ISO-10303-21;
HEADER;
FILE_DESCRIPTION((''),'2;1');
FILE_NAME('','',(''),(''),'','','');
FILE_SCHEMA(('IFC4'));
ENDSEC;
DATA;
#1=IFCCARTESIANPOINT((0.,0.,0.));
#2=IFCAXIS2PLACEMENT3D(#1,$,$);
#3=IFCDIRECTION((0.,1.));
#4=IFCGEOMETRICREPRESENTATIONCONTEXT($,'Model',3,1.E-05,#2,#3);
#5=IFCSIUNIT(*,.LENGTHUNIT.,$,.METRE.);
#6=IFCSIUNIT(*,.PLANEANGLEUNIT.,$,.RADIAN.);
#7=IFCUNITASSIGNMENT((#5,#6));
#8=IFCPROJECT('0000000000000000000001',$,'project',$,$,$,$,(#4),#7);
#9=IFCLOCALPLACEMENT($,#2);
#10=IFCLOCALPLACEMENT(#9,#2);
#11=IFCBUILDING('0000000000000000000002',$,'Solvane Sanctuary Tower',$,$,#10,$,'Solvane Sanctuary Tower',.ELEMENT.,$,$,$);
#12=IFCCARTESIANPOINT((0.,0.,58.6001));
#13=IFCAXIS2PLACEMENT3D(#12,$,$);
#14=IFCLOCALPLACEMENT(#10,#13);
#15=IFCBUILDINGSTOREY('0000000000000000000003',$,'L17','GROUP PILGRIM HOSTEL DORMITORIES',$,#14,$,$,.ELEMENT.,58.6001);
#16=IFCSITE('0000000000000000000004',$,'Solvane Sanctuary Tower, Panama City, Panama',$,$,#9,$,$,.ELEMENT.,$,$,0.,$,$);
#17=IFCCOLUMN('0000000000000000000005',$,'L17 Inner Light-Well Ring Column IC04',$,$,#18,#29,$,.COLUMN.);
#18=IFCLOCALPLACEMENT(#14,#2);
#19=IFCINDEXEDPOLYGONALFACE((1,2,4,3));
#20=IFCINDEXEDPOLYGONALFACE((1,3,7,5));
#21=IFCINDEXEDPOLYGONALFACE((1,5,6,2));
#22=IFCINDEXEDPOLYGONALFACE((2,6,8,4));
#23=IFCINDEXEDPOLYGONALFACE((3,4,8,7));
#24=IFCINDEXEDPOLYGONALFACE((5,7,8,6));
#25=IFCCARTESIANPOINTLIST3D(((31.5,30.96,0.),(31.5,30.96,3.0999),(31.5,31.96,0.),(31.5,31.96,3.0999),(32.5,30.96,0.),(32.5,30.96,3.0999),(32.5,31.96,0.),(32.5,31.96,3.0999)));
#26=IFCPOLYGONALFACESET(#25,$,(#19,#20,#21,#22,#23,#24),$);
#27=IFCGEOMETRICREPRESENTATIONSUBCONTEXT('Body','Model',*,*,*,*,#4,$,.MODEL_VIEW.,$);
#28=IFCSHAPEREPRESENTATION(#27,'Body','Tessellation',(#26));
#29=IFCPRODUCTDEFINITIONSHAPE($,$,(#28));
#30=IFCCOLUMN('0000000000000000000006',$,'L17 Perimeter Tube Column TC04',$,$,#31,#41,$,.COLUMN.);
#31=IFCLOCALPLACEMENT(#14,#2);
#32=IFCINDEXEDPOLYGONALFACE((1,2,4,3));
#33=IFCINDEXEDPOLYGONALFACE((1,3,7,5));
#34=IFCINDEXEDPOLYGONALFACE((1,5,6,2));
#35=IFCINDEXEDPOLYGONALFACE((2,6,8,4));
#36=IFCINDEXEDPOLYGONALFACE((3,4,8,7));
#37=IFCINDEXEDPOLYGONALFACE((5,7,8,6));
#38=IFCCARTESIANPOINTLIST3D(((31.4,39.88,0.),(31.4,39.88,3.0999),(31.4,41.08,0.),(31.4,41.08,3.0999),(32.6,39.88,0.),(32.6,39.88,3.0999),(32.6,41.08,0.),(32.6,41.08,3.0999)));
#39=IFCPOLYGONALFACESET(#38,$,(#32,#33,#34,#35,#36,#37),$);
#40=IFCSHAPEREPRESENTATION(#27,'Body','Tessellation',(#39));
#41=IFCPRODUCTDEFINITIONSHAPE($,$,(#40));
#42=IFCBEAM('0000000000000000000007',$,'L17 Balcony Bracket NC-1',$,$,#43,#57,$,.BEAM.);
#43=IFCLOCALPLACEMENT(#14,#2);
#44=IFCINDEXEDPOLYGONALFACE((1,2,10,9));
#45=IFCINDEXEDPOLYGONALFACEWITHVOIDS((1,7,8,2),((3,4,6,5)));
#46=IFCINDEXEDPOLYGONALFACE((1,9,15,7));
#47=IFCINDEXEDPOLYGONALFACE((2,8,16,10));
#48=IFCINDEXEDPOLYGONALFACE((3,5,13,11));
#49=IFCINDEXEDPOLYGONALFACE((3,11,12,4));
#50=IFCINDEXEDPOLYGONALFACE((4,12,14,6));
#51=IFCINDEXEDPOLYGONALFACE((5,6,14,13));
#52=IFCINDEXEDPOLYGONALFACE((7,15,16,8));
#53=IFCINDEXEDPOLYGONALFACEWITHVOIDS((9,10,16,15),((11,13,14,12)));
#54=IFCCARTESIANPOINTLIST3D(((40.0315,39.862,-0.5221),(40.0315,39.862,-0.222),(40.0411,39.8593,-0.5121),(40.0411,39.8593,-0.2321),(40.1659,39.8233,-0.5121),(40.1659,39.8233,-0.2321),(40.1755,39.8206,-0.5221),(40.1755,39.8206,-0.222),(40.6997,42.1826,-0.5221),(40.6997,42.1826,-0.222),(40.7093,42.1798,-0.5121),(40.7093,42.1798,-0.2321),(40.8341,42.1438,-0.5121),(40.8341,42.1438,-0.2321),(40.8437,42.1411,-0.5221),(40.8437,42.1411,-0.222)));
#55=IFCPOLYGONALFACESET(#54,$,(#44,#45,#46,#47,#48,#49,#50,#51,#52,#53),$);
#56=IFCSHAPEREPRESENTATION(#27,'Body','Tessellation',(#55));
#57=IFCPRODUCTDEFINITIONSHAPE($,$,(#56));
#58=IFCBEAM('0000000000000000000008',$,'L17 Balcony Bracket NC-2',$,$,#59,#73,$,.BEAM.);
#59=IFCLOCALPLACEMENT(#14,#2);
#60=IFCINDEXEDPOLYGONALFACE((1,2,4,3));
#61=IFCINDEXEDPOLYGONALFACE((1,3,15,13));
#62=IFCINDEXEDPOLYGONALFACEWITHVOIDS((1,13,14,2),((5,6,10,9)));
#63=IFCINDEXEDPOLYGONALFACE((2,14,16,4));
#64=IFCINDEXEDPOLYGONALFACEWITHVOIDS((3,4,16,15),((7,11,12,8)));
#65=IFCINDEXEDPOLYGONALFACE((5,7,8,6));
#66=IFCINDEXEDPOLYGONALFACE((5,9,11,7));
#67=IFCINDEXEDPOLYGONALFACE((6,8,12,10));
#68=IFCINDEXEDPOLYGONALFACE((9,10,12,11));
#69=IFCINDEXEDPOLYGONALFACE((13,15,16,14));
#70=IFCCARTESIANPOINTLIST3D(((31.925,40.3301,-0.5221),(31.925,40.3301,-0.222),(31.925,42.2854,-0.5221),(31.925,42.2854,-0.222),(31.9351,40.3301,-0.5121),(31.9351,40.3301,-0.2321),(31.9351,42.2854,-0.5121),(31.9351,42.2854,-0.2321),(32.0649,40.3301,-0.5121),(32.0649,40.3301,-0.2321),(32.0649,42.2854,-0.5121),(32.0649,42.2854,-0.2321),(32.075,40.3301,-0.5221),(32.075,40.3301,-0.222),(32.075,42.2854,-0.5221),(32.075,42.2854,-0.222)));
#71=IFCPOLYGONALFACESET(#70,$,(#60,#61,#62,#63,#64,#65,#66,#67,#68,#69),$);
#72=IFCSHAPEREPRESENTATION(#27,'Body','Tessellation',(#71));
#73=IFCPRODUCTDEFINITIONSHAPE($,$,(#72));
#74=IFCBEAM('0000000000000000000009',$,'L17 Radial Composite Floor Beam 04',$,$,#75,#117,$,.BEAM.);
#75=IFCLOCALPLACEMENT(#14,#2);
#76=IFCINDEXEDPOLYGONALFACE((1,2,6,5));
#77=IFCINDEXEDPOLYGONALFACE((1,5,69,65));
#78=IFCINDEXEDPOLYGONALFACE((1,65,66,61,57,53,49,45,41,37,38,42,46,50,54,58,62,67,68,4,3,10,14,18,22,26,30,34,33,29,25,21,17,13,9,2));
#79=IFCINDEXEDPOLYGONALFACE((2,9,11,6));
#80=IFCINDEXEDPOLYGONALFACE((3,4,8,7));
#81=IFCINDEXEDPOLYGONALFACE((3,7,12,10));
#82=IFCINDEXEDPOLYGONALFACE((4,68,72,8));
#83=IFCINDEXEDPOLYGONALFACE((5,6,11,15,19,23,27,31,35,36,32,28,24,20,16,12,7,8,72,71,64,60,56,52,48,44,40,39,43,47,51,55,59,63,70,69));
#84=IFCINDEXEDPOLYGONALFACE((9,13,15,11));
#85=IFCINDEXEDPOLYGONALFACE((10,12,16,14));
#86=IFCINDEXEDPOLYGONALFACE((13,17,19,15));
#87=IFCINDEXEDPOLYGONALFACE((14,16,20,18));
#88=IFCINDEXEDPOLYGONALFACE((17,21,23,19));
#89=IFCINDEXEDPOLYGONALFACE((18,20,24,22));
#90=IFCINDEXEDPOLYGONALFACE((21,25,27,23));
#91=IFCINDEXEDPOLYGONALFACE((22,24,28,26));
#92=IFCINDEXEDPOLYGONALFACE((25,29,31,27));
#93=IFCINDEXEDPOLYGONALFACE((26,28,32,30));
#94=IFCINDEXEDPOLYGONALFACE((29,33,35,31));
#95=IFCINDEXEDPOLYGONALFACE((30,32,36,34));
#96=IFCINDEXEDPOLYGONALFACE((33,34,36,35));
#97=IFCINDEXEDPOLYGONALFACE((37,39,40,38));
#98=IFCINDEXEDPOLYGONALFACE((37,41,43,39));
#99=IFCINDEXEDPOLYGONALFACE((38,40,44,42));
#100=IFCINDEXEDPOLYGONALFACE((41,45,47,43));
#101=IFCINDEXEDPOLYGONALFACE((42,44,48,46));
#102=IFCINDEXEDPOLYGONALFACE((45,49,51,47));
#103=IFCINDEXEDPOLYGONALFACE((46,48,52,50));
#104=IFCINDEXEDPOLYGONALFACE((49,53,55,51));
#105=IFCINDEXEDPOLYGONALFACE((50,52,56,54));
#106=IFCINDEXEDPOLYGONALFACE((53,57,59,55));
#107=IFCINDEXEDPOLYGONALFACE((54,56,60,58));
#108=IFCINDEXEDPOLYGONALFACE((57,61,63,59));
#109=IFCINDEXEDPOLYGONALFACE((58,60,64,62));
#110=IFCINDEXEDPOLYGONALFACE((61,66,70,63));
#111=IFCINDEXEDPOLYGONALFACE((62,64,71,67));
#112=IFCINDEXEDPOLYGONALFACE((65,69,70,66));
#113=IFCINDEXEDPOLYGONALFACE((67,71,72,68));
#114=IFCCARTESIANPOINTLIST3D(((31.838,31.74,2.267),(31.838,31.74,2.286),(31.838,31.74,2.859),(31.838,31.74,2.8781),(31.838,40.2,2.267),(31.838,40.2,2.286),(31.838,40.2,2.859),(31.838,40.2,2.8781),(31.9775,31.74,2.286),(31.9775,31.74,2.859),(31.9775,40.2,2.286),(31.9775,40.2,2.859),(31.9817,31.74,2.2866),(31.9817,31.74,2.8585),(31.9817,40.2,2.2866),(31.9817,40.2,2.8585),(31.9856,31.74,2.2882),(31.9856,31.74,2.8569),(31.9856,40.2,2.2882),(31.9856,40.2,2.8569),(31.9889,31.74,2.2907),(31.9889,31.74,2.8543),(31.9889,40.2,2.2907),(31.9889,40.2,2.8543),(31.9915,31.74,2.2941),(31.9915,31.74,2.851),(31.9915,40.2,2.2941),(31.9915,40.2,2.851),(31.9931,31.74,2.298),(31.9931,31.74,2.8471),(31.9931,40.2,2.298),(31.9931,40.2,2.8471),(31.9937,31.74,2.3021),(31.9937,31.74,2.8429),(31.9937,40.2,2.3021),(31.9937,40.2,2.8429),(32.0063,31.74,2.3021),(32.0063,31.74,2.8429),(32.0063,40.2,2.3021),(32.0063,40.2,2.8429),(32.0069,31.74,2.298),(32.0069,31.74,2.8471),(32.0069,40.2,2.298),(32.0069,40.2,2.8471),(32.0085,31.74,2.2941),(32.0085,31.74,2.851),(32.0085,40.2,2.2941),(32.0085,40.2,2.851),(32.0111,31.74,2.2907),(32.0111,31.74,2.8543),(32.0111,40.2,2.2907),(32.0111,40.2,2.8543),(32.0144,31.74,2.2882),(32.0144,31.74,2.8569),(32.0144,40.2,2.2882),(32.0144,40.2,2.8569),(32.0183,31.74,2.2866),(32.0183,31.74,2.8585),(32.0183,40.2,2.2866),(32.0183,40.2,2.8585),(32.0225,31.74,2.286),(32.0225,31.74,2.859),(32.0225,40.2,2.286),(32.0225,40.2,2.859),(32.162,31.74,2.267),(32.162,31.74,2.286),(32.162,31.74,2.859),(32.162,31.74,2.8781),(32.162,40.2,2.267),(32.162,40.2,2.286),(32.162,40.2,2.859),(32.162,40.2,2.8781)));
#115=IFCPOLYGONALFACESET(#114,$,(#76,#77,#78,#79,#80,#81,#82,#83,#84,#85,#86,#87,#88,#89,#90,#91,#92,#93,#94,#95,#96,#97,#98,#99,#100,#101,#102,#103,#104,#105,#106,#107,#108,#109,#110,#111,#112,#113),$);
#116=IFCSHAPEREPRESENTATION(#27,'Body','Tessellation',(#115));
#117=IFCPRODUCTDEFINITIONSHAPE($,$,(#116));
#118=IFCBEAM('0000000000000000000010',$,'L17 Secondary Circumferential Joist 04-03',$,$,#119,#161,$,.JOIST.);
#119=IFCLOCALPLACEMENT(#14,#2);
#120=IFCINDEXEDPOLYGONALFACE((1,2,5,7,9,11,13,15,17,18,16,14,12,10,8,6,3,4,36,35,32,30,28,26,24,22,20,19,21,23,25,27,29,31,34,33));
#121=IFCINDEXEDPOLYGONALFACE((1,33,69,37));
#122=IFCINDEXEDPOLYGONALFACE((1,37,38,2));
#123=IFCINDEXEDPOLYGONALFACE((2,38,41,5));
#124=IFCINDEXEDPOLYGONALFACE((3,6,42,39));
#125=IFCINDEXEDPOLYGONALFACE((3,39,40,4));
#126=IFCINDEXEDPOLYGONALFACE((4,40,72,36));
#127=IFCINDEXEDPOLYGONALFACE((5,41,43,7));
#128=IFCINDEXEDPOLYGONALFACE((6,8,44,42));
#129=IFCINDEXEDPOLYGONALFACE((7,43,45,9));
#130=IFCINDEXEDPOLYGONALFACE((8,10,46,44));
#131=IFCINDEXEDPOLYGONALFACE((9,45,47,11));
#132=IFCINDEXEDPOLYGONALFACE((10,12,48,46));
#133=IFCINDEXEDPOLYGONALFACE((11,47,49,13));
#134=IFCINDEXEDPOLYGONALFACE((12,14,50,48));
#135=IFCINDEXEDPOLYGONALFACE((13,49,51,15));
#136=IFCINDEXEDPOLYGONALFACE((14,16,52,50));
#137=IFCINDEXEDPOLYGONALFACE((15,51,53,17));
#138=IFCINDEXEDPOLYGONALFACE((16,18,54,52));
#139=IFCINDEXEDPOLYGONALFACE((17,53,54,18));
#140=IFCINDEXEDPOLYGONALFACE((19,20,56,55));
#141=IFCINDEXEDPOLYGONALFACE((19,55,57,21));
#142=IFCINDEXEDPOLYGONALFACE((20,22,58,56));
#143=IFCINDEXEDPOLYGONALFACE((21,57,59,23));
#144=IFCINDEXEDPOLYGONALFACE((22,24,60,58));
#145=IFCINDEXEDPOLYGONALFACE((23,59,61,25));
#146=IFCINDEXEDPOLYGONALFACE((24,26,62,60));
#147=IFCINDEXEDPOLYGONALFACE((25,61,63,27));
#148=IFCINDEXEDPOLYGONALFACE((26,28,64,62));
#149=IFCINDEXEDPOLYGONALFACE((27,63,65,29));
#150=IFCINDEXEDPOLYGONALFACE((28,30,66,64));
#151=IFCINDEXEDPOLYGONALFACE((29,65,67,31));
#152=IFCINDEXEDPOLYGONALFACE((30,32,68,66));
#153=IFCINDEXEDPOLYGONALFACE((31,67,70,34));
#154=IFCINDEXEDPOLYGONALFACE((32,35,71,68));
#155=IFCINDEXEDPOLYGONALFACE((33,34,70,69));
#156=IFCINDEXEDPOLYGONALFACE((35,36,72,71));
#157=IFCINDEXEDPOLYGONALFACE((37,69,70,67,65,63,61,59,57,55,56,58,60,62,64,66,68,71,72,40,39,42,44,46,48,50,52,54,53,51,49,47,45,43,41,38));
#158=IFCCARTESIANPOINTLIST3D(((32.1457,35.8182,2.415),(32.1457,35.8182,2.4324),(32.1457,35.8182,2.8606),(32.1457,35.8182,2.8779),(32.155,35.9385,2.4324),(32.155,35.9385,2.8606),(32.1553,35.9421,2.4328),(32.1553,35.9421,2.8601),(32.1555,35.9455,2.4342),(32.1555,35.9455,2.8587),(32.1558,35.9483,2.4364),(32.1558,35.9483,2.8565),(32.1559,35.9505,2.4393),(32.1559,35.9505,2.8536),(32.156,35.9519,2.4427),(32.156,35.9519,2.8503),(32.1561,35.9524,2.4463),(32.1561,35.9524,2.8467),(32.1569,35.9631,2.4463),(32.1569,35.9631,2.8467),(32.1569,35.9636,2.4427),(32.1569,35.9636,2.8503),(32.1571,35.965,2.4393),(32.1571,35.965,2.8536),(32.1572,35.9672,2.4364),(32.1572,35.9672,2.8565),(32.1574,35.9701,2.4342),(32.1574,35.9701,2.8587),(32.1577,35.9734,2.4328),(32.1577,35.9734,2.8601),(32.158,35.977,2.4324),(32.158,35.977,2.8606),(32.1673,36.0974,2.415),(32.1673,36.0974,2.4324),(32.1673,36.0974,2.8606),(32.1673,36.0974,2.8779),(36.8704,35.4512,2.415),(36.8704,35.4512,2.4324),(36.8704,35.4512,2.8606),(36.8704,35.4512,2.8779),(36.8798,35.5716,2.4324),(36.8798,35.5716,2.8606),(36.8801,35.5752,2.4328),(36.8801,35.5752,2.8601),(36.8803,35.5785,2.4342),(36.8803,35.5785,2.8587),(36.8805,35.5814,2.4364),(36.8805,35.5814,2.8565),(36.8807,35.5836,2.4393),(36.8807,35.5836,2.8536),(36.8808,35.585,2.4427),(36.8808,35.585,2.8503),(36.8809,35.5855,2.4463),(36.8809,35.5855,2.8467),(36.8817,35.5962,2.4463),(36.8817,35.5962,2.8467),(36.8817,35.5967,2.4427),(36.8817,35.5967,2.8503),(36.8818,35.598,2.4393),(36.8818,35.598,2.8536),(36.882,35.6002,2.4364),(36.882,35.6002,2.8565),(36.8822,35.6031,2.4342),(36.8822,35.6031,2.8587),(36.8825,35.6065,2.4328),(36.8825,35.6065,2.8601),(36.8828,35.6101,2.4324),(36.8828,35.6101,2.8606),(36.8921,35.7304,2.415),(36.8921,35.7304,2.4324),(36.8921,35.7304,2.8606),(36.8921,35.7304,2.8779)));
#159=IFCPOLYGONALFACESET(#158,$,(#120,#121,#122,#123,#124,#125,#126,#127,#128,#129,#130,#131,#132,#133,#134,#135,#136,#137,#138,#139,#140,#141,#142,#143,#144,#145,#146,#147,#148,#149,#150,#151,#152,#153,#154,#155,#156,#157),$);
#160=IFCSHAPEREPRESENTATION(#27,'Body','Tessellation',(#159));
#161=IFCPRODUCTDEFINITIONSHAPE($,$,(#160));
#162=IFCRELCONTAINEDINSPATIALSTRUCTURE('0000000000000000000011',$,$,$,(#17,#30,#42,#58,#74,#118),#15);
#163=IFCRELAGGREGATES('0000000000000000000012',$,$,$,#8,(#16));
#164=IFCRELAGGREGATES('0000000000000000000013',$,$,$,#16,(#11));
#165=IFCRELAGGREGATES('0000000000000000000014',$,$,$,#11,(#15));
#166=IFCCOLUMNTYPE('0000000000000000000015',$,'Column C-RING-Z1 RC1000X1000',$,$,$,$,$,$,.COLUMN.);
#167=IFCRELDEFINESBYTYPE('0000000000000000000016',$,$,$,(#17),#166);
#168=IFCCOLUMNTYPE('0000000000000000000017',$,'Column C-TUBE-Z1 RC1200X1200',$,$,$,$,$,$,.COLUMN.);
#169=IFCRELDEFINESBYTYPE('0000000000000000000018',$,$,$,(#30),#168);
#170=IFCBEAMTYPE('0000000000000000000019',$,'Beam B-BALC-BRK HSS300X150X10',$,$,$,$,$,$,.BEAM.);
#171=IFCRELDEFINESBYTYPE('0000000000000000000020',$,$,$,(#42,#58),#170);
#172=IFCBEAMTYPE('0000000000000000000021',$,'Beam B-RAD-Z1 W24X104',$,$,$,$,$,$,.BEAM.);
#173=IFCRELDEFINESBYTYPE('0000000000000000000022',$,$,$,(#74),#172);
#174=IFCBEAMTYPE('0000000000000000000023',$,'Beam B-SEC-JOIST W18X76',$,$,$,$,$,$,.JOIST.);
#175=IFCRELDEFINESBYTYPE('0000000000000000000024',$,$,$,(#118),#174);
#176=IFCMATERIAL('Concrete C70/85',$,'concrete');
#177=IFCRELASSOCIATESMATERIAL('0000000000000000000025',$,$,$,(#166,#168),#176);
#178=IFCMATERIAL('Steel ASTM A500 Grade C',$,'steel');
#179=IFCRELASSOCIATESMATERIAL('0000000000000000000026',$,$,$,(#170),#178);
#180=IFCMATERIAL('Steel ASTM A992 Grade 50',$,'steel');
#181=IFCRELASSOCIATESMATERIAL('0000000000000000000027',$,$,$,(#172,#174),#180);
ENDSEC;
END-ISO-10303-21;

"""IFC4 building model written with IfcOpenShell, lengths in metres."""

from ifc_helpers import new_model, si_unit, direction, frame, origin, origin_2d, place, context, subcontext, project, spatial, rectangle, hollow_rectangle, i_section, extrude, material, material_profile, profile_set, type_object, element, save


model = new_model("IFC4")

# Units and contexts
model_context = context("Model", 3, precision=1e-05, world=origin(), true_north=direction((0.0, 1.0)))
body_context = subcontext(model_context, "Body", "Model", "MODEL_VIEW")
ifc_project = project(units=[si_unit("LENGTHUNIT", "METRE"), si_unit("PLANEANGLEUNIT", "RADIAN")], contexts=[model_context])

# Site, building, storey
site_placement = place(None, origin())
site = spatial("IfcSite", under=ifc_project, at=site_placement, Name="Solvane Sanctuary Tower, Panama City, Panama", CompositionType="ELEMENT", RefElevation=0.0)
building_placement = place(site_placement, origin())
building = spatial("IfcBuilding", under=site, at=building_placement, Name="Solvane Sanctuary Tower", LongName="Solvane Sanctuary Tower", CompositionType="ELEMENT")
storey_placement = place(building_placement, frame((0.0, 0.0, 58.6001)))
storey = spatial("IfcBuildingStorey", under=building, at=storey_placement, Name="L17", Description="GROUP PILGRIM HOSTEL DORMITORIES", CompositionType="ELEMENT", Elevation=58.6001)

# Columns
ifc_material_1 = material(Name="Concrete C70/85", Category="concrete")
ifc_material_profile_1 = material_profile(ifc_material_1, rectangle(XDim=1.0, YDim=1.0, at=origin_2d()), Name="RC1000X1000")
ifc_profile_set_1 = profile_set([ifc_material_profile_1], Name="Concrete C70/85")
column_type_1 = type_object("IfcColumnType", Name="Column C-RING-Z1 RC1000X1000", PredefinedType="COLUMN", material=ifc_profile_set_1)
column_1_placement = place(storey_placement, frame((32.0, 31.46, 0.0), z_axis=(0.0, 0.0, 1.0), x_axis=(1.0, 0.0, 0.0)))
element("IfcColumn", 1, at=column_1_placement, inside=storey, type_object=column_type_1, Name="L17 Inner Light-Well Ring Column IC04", PredefinedType="COLUMN", context=body_context, shape_type="SweptSolid", body=[
    extrude(rectangle(XDim=1.0, YDim=1.0, at=origin_2d()), origin(), (0.0, 0.0, 1.0), 3.0999),
])
ifc_material_profile_2 = material_profile(ifc_material_1, rectangle(XDim=1.2, YDim=1.2, at=origin_2d()), Name="RC1200X1200")
ifc_profile_set_2 = profile_set([ifc_material_profile_2], Name="Concrete C70/85")
column_type_2 = type_object("IfcColumnType", Name="Column C-TUBE-Z1 RC1200X1200", PredefinedType="COLUMN", material=ifc_profile_set_2)
column_2_placement = place(storey_placement, frame((32.0, 40.48, 0.0), z_axis=(0.0, 0.0, 1.0), x_axis=(0.0, 1.0, 0.0)))
element("IfcColumn", 2, at=column_2_placement, inside=storey, type_object=column_type_2, Name="L17 Perimeter Tube Column TC04", PredefinedType="COLUMN", context=body_context, shape_type="SweptSolid", body=[
    extrude(rectangle(XDim=1.2, YDim=1.2, at=origin_2d()), origin(), (0.0, 0.0, 1.0), 3.0999),
])

# Beams
ifc_material_2 = material(Name="Steel ASTM A500 Grade C", Category="steel")
ifc_material_profile_3 = material_profile(ifc_material_2, hollow_rectangle(XDim=0.1499, YDim=0.3, WallThickness=0.01, at=origin_2d()), Name="HSS300X150X10")
ifc_profile_set_3 = profile_set([ifc_material_profile_3], Name="Steel ASTM A500 Grade C")
beam_type_1 = type_object("IfcBeamType", Name="Beam B-BALC-BRK HSS300X150X10", PredefinedType="BEAM", material=ifc_profile_set_3)
beam_1_placement = place(storey_placement, frame((40.1035, 39.8413, -0.3721), z_axis=(0.27671, 0.960953, 0.0), x_axis=(-0.960953, 0.27671, 0.0)))
element("IfcBeam", 3, at=beam_1_placement, inside=storey, type_object=beam_type_1, Name="L17 Balcony Bracket NC-1", PredefinedType="BEAM", context=body_context, shape_type="SweptSolid", body=[
    extrude(hollow_rectangle(XDim=0.1499, YDim=0.3, WallThickness=0.01, at=origin_2d()), origin(), (0.0, 0.0, 1.0), 2.4148),
])
beam_2_placement = place(storey_placement, frame((32.0, 40.3301, -0.3721), z_axis=(0.0, 1.0, 0.0), x_axis=(-1.0, 0.0, 0.0)))
element("IfcBeam", 4, at=beam_2_placement, inside=storey, type_object=beam_type_1, Name="L17 Balcony Bracket NC-2", PredefinedType="BEAM", context=body_context, shape_type="SweptSolid", body=[
    extrude(hollow_rectangle(XDim=0.1499, YDim=0.3, WallThickness=0.01, at=origin_2d()), origin(), (0.0, 0.0, 1.0), 1.9553),
])
ifc_material_3 = material(Name="Steel ASTM A992 Grade 50", Category="steel")
ifc_material_profile_4 = material_profile(ifc_material_3, i_section(OverallWidth=0.324, OverallDepth=0.6111, WebThickness=0.0127, FlangeThickness=0.019, FilletRadius=0.0161, at=origin_2d()), Name="W24X104")
ifc_profile_set_4 = profile_set([ifc_material_profile_4], Name="Steel ASTM A992 Grade 50")
beam_type_2 = type_object("IfcBeamType", Name="Beam B-RAD-Z1 W24X104", PredefinedType="BEAM", material=ifc_profile_set_4)
beam_3_placement = place(storey_placement, frame((32.0, 31.74, 2.5725), z_axis=(0.0, 1.0, 0.0), x_axis=(-1.0, 0.0, 0.0)))
element("IfcBeam", 5, at=beam_3_placement, inside=storey, type_object=beam_type_2, Name="L17 Radial Composite Floor Beam 04", PredefinedType="BEAM", context=body_context, shape_type="SweptSolid", body=[
    extrude(i_section(OverallWidth=0.324, OverallDepth=0.6111, WebThickness=0.0127, FlangeThickness=0.019, FilletRadius=0.0161, at=origin_2d()), origin(), (0.0, 0.0, 1.0), 8.46),
])
ifc_material_profile_5 = material_profile(ifc_material_3, i_section(OverallWidth=0.28, OverallDepth=0.4629, WebThickness=0.0107, FlangeThickness=0.0173, FilletRadius=0.0139, at=origin_2d()), Name="W18X76")
ifc_profile_set_5 = profile_set([ifc_material_profile_5], Name="Steel ASTM A992 Grade 50")
beam_type_3 = type_object("IfcBeamType", Name="Beam B-SEC-JOIST W18X76", PredefinedType="JOIST", material=ifc_profile_set_5)
beam_4_placement = place(storey_placement, frame((32.1565, 35.9578, 2.6465), z_axis=(0.996998, -0.077429, 0.0), x_axis=(0.077429, 0.996998, 0.0)))
element("IfcBeam", 6, at=beam_4_placement, inside=storey, type_object=beam_type_3, Name="L17 Secondary Circumferential Joist 04-03", PredefinedType="JOIST", context=body_context, shape_type="SweptSolid", body=[
    extrude(i_section(OverallWidth=0.28, OverallDepth=0.4629, WebThickness=0.0107, FlangeThickness=0.0173, FilletRadius=0.0139, at=origin_2d()), origin(), (0.0, 0.0, 1.0), 4.739),
])

save(model, "model.ifc")
